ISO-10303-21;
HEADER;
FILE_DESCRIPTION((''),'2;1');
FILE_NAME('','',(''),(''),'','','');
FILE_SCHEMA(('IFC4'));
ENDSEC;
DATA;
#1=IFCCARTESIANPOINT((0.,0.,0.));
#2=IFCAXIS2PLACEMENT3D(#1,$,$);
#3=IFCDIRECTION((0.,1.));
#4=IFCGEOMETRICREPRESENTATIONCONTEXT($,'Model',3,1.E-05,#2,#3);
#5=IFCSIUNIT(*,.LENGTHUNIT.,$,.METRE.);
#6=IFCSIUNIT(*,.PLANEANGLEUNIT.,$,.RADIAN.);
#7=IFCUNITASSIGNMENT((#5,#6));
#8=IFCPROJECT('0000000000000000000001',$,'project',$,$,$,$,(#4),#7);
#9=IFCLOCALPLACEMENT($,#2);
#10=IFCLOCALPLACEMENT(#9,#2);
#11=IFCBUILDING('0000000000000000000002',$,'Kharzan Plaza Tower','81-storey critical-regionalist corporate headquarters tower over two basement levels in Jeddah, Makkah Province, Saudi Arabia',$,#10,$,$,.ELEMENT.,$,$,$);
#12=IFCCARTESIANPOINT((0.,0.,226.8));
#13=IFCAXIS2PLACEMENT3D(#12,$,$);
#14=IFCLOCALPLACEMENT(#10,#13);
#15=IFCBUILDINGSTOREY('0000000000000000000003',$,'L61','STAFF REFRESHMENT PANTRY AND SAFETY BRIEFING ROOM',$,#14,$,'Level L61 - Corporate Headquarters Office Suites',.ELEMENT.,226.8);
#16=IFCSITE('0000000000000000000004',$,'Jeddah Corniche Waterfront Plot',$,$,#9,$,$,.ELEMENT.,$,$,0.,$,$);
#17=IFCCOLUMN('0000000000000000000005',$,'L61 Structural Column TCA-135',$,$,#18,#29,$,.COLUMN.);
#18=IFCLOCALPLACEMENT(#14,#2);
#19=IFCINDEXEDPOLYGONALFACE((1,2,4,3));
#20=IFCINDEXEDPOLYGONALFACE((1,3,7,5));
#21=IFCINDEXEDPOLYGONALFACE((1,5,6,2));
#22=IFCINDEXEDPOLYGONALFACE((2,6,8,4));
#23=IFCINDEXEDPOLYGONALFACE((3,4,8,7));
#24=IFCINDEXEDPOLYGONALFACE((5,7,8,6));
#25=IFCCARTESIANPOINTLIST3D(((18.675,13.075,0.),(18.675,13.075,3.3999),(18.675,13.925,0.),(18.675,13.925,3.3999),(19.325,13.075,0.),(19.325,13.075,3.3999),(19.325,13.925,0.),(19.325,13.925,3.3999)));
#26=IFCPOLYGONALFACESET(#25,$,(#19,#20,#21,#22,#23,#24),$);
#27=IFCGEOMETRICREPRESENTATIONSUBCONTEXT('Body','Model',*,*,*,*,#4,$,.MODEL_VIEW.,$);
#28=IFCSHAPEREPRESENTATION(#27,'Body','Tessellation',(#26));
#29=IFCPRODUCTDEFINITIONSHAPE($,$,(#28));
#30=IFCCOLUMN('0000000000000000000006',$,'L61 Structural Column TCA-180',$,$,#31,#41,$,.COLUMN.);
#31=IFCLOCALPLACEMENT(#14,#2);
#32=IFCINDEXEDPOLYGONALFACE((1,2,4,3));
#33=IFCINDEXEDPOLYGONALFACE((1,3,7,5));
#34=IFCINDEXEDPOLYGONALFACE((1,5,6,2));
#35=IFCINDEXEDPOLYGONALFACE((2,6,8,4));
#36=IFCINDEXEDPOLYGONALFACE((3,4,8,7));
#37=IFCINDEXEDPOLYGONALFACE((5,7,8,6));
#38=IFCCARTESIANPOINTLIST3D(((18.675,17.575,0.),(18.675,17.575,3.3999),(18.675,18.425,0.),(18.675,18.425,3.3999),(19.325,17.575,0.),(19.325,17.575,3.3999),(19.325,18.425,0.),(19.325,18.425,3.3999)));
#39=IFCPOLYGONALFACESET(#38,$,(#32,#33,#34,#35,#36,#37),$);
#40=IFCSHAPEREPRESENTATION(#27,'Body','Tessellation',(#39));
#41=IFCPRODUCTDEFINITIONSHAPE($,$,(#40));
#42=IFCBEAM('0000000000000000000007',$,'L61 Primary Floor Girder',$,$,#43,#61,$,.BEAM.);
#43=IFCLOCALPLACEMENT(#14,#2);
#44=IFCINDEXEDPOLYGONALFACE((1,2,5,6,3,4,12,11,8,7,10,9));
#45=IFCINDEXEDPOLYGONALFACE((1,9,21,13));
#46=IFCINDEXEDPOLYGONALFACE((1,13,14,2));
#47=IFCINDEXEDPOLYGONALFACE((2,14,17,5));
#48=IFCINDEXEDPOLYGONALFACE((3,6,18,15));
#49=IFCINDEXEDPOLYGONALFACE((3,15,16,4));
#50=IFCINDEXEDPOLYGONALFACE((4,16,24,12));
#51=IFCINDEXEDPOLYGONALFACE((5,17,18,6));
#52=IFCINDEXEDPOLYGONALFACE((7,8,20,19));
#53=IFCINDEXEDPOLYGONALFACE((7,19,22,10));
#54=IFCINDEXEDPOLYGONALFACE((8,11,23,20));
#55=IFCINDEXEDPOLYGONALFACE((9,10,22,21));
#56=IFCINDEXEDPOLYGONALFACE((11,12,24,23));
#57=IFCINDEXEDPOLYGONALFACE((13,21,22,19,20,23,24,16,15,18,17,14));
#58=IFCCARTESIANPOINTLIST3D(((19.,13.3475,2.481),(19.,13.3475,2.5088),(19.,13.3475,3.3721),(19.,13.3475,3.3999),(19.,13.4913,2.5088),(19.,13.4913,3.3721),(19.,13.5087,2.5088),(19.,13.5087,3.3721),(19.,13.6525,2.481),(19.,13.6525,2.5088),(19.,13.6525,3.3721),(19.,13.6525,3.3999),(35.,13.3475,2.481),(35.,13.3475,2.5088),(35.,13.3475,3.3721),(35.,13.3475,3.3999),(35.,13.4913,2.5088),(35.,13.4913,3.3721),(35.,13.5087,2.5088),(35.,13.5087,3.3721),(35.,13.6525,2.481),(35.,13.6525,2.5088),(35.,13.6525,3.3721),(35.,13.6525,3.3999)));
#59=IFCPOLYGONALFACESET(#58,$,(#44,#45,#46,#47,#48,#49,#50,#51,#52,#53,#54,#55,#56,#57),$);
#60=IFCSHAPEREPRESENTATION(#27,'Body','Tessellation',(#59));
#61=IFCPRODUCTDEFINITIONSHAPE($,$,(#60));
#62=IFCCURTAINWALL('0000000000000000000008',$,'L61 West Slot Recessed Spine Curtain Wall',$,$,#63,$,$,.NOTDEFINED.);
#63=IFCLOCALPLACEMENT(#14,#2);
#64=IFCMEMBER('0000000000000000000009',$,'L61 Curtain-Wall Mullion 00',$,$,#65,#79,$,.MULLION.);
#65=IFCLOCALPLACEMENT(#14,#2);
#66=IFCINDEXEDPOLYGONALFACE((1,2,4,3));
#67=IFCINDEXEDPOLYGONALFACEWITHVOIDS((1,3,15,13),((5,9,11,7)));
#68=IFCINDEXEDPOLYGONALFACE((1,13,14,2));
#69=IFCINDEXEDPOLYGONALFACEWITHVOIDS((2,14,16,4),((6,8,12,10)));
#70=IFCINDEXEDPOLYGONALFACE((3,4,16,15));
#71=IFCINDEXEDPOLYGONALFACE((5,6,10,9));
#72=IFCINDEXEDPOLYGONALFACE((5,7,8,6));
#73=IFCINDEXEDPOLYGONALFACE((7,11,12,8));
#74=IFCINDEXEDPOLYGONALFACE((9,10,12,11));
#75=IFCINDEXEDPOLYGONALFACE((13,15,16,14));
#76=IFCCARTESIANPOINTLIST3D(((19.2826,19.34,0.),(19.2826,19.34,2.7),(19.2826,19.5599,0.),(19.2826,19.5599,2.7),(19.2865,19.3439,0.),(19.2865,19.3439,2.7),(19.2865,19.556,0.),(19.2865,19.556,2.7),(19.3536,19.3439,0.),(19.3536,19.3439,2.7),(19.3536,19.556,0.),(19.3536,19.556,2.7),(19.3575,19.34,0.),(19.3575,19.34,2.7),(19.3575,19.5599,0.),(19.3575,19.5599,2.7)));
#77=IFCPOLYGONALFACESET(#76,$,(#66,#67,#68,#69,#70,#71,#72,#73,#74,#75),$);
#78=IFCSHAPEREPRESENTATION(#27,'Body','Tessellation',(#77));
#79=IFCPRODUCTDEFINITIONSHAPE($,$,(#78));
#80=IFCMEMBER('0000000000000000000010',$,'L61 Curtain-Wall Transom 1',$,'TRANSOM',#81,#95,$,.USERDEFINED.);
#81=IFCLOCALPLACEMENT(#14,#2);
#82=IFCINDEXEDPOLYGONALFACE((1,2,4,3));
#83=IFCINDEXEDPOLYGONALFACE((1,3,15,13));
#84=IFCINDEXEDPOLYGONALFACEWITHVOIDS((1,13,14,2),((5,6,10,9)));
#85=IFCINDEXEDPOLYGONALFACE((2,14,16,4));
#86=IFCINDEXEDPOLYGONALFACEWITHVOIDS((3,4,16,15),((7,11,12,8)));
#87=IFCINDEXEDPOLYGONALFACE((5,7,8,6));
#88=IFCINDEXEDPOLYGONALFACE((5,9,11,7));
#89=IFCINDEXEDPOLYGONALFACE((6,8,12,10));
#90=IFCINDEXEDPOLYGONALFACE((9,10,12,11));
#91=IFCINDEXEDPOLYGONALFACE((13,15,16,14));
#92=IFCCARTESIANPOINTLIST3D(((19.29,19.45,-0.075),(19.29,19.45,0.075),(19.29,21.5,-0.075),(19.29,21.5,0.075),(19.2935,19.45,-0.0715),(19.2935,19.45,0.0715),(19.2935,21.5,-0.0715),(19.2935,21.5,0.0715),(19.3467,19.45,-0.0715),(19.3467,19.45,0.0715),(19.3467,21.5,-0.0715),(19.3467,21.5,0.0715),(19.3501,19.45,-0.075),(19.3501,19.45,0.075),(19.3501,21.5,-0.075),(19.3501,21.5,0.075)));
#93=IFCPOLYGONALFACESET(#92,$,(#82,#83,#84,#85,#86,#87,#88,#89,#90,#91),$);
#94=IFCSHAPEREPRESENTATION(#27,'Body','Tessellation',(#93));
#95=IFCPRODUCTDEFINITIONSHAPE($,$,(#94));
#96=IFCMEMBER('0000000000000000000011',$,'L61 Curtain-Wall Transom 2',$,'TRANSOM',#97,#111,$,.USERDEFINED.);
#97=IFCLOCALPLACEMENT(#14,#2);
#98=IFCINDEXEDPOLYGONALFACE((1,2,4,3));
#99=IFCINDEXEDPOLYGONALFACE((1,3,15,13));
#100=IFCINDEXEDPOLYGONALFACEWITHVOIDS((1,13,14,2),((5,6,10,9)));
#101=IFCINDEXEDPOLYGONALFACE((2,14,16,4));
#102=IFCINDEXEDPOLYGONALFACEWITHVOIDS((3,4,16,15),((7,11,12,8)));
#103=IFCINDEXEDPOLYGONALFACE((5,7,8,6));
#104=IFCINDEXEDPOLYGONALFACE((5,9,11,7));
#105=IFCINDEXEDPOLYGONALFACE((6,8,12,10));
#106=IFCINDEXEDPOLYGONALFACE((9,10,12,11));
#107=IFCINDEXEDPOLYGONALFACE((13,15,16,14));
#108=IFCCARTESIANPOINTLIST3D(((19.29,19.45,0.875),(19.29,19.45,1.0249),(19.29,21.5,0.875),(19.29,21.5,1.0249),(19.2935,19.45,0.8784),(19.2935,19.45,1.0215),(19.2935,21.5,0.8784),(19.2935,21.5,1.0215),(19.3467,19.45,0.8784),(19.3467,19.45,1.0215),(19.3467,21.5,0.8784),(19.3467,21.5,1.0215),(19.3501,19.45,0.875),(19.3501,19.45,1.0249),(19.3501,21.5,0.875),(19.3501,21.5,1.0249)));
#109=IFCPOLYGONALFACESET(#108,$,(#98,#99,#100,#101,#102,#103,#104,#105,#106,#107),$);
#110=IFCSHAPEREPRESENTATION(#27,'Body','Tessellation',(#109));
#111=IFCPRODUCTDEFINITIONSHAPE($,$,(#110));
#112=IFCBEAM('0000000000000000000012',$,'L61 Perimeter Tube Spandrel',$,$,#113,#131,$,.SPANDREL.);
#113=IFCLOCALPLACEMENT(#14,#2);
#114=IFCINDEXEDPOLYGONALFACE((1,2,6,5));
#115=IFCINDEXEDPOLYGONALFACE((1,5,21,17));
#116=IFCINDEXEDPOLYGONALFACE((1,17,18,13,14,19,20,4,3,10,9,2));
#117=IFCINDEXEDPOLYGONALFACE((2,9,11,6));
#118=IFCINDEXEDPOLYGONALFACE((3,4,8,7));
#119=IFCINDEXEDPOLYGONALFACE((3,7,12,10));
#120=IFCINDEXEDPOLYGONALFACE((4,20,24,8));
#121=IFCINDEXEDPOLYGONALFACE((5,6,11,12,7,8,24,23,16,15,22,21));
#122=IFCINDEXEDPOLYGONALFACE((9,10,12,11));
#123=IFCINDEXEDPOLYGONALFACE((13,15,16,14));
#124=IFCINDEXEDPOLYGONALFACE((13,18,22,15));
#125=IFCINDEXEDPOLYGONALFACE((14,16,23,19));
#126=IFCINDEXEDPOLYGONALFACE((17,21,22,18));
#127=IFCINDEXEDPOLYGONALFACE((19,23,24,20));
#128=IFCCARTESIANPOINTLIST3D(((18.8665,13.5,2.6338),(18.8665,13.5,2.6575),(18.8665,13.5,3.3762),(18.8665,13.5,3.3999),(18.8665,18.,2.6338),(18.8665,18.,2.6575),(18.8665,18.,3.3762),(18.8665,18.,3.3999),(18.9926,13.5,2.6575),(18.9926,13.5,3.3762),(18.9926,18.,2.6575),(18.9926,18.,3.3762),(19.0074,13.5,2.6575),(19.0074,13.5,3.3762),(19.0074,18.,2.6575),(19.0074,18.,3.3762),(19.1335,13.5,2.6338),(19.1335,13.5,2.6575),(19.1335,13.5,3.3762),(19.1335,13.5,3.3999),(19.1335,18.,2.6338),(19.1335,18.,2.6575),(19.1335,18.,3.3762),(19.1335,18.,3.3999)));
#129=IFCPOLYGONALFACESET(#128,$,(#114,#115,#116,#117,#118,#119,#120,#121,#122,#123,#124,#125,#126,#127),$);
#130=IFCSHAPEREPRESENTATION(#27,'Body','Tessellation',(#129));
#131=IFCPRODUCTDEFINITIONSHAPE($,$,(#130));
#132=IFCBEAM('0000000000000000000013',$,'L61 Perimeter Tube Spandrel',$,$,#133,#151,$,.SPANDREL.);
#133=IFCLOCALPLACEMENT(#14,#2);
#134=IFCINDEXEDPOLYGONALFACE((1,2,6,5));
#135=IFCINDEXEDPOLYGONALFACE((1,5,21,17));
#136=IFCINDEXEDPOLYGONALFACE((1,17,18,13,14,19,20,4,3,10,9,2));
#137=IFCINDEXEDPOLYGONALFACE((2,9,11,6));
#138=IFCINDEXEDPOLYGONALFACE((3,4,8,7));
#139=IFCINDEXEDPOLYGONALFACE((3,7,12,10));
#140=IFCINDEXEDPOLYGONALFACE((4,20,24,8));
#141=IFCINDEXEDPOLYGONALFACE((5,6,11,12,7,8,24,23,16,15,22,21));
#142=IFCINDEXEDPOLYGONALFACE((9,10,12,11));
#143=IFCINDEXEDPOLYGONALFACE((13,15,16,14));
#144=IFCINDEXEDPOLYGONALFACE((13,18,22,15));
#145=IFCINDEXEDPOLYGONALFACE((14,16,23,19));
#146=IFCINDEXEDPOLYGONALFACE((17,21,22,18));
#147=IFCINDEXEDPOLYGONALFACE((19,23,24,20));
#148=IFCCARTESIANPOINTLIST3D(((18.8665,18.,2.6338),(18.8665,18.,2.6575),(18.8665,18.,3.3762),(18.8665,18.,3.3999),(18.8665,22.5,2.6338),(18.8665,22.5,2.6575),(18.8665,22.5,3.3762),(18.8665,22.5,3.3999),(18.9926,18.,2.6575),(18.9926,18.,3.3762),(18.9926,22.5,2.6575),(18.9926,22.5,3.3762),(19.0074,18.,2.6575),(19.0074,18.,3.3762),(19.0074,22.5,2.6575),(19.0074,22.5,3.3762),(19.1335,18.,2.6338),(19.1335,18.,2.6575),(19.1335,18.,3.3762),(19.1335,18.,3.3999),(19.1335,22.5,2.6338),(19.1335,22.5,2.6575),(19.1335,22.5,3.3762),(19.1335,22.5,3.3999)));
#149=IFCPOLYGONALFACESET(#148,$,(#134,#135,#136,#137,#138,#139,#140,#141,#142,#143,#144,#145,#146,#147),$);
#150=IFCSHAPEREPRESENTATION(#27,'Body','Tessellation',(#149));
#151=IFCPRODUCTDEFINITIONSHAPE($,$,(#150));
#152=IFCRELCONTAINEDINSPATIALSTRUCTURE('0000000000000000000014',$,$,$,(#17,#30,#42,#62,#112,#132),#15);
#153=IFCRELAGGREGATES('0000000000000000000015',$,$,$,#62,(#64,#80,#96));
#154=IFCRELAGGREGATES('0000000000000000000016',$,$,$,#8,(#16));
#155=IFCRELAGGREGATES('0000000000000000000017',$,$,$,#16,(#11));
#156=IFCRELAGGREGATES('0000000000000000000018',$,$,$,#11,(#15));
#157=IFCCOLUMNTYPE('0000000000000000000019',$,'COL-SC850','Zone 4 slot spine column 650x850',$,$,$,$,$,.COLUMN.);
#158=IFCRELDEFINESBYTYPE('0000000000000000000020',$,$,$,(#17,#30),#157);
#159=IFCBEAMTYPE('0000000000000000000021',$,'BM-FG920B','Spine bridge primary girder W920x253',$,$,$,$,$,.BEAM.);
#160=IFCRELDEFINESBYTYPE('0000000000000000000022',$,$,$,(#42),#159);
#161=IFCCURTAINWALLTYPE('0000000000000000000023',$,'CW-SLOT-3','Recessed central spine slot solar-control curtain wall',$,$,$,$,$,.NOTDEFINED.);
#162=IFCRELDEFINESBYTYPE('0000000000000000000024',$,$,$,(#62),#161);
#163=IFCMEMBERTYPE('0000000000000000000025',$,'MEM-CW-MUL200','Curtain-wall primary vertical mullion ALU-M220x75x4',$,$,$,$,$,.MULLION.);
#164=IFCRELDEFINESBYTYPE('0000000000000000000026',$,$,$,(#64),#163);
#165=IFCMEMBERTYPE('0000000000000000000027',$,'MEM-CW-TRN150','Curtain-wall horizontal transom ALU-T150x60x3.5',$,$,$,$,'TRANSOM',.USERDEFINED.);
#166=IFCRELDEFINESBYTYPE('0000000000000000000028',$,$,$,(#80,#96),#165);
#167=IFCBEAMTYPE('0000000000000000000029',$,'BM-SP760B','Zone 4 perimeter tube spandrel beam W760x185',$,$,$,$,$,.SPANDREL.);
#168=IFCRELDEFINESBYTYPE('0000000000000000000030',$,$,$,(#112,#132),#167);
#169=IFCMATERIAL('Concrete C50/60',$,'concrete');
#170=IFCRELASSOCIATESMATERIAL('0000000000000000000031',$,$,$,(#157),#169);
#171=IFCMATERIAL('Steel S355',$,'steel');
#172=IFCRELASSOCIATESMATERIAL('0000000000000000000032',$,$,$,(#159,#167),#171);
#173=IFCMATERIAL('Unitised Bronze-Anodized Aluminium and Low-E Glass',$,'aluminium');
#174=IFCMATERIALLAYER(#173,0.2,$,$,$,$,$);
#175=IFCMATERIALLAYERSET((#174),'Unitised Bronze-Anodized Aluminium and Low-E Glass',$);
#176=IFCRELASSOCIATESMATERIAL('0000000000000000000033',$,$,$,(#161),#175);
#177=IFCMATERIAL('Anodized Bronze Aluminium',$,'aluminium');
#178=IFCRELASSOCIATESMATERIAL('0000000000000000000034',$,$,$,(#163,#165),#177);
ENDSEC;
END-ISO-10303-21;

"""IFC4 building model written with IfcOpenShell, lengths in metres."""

from ifc_helpers import new_model, si_unit, direction, frame, origin, origin_2d, place, context, subcontext, project, spatial, rectangle, hollow_rectangle, i_section, extrude, source, transform, mapped, material, layer, layer_set, material_profile, profile_set, type_object, element, aggregate, save


model = new_model("IFC4")

# Units and contexts
model_context = context("Model", 3, precision=1e-05, world=origin(), true_north=direction((0.0, 1.0)))
body_context = subcontext(model_context, "Body", "Model", "MODEL_VIEW")
ifc_project = project(units=[si_unit("LENGTHUNIT", "METRE"), si_unit("PLANEANGLEUNIT", "RADIAN")], contexts=[model_context])

# Site, building, storey
site_placement = place(None, origin())
site = spatial("IfcSite", under=ifc_project, at=site_placement, Name="Jeddah Corniche Waterfront Plot", CompositionType="ELEMENT", RefElevation=0.0)
building_placement = place(site_placement, origin())
building = spatial("IfcBuilding", under=site, at=building_placement, Name="Kharzan Plaza Tower", Description="81-storey critical-regionalist corporate headquarters tower over two basement levels in Jeddah, Makkah Province, Saudi Arabia", CompositionType="ELEMENT")
storey_placement = place(building_placement, frame((0.0, 0.0, 226.8)))
storey = spatial("IfcBuildingStorey", under=building, at=storey_placement, Name="L61", Description="STAFF REFRESHMENT PANTRY AND SAFETY BRIEFING ROOM", LongName="Level L61 - Corporate Headquarters Office Suites", CompositionType="ELEMENT", Elevation=226.8)

# Columns
ifc_material_1 = material(Name="Concrete C50/60", Category="concrete")
ifc_material_profile_1 = material_profile(ifc_material_1, rectangle(XDim=0.6499, YDim=0.8501, at=origin_2d()), Name="RC-SC850x650")
ifc_profile_set_1 = profile_set([ifc_material_profile_1], Name="Concrete C50/60")
column_type = type_object("IfcColumnType", Name="COL-SC850", Description="Zone 4 slot spine column 650x850", PredefinedType="COLUMN", material=ifc_profile_set_1)
shared_shape_1 = source(origin(), body_context, "Body", "SweptSolid", [
    extrude(rectangle(XDim=0.6499, YDim=0.8501, at=origin_2d()), origin(), (0.0, 0.0, 1.0), 3.3999),
])
for number, where, z_axis, x_axis, name in (
    (1, (19.0, 13.5, 0.0), (0.0, 0.0, 1.0), (1.0, 0.0, 0.0), "L61 Structural Column TCA-135"),
    (2, (19.0, 18.0, 0.0), (0.0, 0.0, 1.0), (1.0, 0.0, 0.0), "L61 Structural Column TCA-180"),
):
    element("IfcColumn", number, at=place(storey_placement, frame(where, z_axis=z_axis, x_axis=x_axis)), inside=storey, type_object=column_type, Name=name, PredefinedType="COLUMN", context=body_context, shape_type="MappedRepresentation", body=[
        mapped(shared_shape_1, transform((0.0, 0.0, 0.0), x_axis=(1.0, 0.0, 0.0), y_axis=(0.0, 1.0, 0.0), z_axis=(0.0, 0.0, 1.0))),
    ])

# Beam
ifc_material_2 = material(Name="Steel S355", Category="steel")
ifc_material_profile_2 = material_profile(ifc_material_2, i_section(OverallWidth=0.3049, OverallDepth=0.9189, WebThickness=0.0173, FlangeThickness=0.0278, at=origin_2d()), Name="W920x253")
ifc_profile_set_2 = profile_set([ifc_material_profile_2], Name="Steel S355")
beam_type_1 = type_object("IfcBeamType", Name="BM-FG920B", Description="Spine bridge primary girder W920x253", PredefinedType="BEAM", material=ifc_profile_set_2)
shared_shape_2 = source(origin(), body_context, "Body", "SweptSolid", [
    extrude(i_section(OverallWidth=0.3049, OverallDepth=0.9189, WebThickness=0.0173, FlangeThickness=0.0278, at=origin_2d()), origin(), (0.0, 0.0, 1.0), 16.0),
])
beam_placement = place(storey_placement, frame((19.0, 13.5, 2.9404), z_axis=(1.0, 0.0, 0.0), x_axis=(0.0, 1.0, 0.0)))
element("IfcBeam", 3, at=beam_placement, inside=storey, type_object=beam_type_1, Name="L61 Primary Floor Girder", PredefinedType="BEAM", context=body_context, shape_type="MappedRepresentation", body=[
    mapped(shared_shape_2, transform((0.0, 0.0, 0.0), x_axis=(1.0, 0.0, 0.0), y_axis=(0.0, 1.0, 0.0), z_axis=(0.0, 0.0, 1.0))),
])

# Curtain wall, members
ifc_material_3 = material(Name="Unitised Bronze-Anodized Aluminium and Low-E Glass", Category="aluminium")
ifc_layer_1 = layer(ifc_material_3, 0.2)
ifc_layer_set_1 = layer_set([ifc_layer_1], Name="Unitised Bronze-Anodized Aluminium and Low-E Glass")
curtain_wall_type = type_object("IfcCurtainWallType", Name="CW-SLOT-3", Description="Recessed central spine slot solar-control curtain wall", PredefinedType="NOTDEFINED", material=ifc_layer_set_1)
curtain_wall_placement = place(storey_placement, origin())
curtain_wall = element("IfcCurtainWall", 4, at=curtain_wall_placement, inside=storey, type_object=curtain_wall_type, Name="L61 West Slot Recessed Spine Curtain Wall", PredefinedType="NOTDEFINED")
ifc_material_4 = material(Name="Anodized Bronze Aluminium", Category="aluminium")
ifc_material_profile_3 = material_profile(ifc_material_4, hollow_rectangle(XDim=0.075, YDim=0.22, WallThickness=0.0039, at=origin_2d()), Name="ALU-M220x75x4")
ifc_profile_set_3 = profile_set([ifc_material_profile_3], Name="Anodized Bronze Aluminium")
member_type_1 = type_object("IfcMemberType", Name="MEM-CW-MUL200", Description="Curtain-wall primary vertical mullion ALU-M220x75x4", PredefinedType="MULLION", material=ifc_profile_set_3)
shared_shape_3 = source(origin(), body_context, "Body", "SweptSolid", [
    extrude(hollow_rectangle(XDim=0.075, YDim=0.22, WallThickness=0.0039, at=origin_2d()), origin(), (0.0, 0.0, 1.0), 2.7),
])
member_1_placement = place(storey_placement, frame((19.3201, 19.45, 0.0), z_axis=(0.0, 0.0, 1.0), x_axis=(1.0, 0.0, 0.0)))
member_1 = element("IfcMember", 5, at=member_1_placement, type_object=member_type_1, Name="L61 Curtain-Wall Mullion 00", PredefinedType="MULLION", context=body_context, shape_type="MappedRepresentation", body=[
    mapped(shared_shape_3, transform((0.0, 0.0, 0.0), x_axis=(1.0, 0.0, 0.0), y_axis=(0.0, 1.0, 0.0), z_axis=(0.0, 0.0, 1.0))),
])
ifc_material_profile_4 = material_profile(ifc_material_4, hollow_rectangle(XDim=0.0601, YDim=0.1499, WallThickness=0.0034, at=origin_2d()), Name="ALU-T150x60x3.5")
ifc_profile_set_4 = profile_set([ifc_material_profile_4], Name="Anodized Bronze Aluminium")
member_type_2 = type_object("IfcMemberType", Name="MEM-CW-TRN150", Description="Curtain-wall horizontal transom ALU-T150x60x3.5", ElementType="TRANSOM", PredefinedType="USERDEFINED", material=ifc_profile_set_4)
shared_shape_4 = source(origin(), body_context, "Body", "SweptSolid", [
    extrude(hollow_rectangle(XDim=0.0601, YDim=0.1499, WallThickness=0.0034, at=origin_2d()), origin(), (0.0, 0.0, 1.0), 2.05),
])
member_2_placement = place(storey_placement, frame((19.3201, 19.45, 0.0), z_axis=(0.0, 1.0, 0.0), x_axis=(-1.0, 0.0, 0.0)))
member_2 = element("IfcMember", 6, at=member_2_placement, type_object=member_type_2, Name="L61 Curtain-Wall Transom 1", ObjectType="TRANSOM", PredefinedType="USERDEFINED", context=body_context, shape_type="MappedRepresentation", body=[
    mapped(shared_shape_4, transform((0.0, 0.0, 0.0), x_axis=(1.0, 0.0, 0.0), y_axis=(0.0, 1.0, 0.0), z_axis=(0.0, 0.0, 1.0))),
])
member_3_placement = place(storey_placement, frame((19.3201, 19.45, 0.95), z_axis=(0.0, 1.0, 0.0), x_axis=(-1.0, 0.0, 0.0)))
member_3 = element("IfcMember", 7, at=member_3_placement, type_object=member_type_2, Name="L61 Curtain-Wall Transom 2", ObjectType="TRANSOM", PredefinedType="USERDEFINED", context=body_context, shape_type="MappedRepresentation", body=[
    mapped(shared_shape_4, transform((0.0, 0.0, 0.0), x_axis=(1.0, 0.0, 0.0), y_axis=(0.0, 1.0, 0.0), z_axis=(0.0, 0.0, 1.0))),
])
aggregate(curtain_wall, [member_1, member_2, member_3])

# Beams
ifc_material_profile_5 = material_profile(ifc_material_2, i_section(OverallWidth=0.2671, OverallDepth=0.7661, WebThickness=0.0149, FlangeThickness=0.0237, at=origin_2d()), Name="W760x185")
ifc_profile_set_5 = profile_set([ifc_material_profile_5], Name="Steel S355")
beam_type_2 = type_object("IfcBeamType", Name="BM-SP760B", Description="Zone 4 perimeter tube spandrel beam W760x185", PredefinedType="SPANDREL", material=ifc_profile_set_5)
shared_shape_5 = source(origin(), body_context, "Body", "SweptSolid", [
    extrude(i_section(OverallWidth=0.2671, OverallDepth=0.7661, WebThickness=0.0149, FlangeThickness=0.0237, at=origin_2d()), origin(), (0.0, 0.0, 1.0), 4.5),
])
for number, where, z_axis, x_axis, name in (
    (8, (19.0, 13.5, 3.0168), (0.0, 1.0, 0.0), (-1.0, 0.0, 0.0), "L61 Perimeter Tube Spandrel"),
    (9, (19.0, 18.0, 3.0168), (0.0, 1.0, 0.0), (-1.0, 0.0, 0.0), "L61 Perimeter Tube Spandrel"),
):
    element("IfcBeam", number, at=place(storey_placement, frame(where, z_axis=z_axis, x_axis=x_axis)), inside=storey, type_object=beam_type_2, Name=name, PredefinedType="SPANDREL", context=body_context, shape_type="MappedRepresentation", body=[
        mapped(shared_shape_5, transform((0.0, 0.0, 0.0), x_axis=(1.0, 0.0, 0.0), y_axis=(0.0, 1.0, 0.0), z_axis=(0.0, 0.0, 1.0))),
    ])

save(model, "model.ifc")
